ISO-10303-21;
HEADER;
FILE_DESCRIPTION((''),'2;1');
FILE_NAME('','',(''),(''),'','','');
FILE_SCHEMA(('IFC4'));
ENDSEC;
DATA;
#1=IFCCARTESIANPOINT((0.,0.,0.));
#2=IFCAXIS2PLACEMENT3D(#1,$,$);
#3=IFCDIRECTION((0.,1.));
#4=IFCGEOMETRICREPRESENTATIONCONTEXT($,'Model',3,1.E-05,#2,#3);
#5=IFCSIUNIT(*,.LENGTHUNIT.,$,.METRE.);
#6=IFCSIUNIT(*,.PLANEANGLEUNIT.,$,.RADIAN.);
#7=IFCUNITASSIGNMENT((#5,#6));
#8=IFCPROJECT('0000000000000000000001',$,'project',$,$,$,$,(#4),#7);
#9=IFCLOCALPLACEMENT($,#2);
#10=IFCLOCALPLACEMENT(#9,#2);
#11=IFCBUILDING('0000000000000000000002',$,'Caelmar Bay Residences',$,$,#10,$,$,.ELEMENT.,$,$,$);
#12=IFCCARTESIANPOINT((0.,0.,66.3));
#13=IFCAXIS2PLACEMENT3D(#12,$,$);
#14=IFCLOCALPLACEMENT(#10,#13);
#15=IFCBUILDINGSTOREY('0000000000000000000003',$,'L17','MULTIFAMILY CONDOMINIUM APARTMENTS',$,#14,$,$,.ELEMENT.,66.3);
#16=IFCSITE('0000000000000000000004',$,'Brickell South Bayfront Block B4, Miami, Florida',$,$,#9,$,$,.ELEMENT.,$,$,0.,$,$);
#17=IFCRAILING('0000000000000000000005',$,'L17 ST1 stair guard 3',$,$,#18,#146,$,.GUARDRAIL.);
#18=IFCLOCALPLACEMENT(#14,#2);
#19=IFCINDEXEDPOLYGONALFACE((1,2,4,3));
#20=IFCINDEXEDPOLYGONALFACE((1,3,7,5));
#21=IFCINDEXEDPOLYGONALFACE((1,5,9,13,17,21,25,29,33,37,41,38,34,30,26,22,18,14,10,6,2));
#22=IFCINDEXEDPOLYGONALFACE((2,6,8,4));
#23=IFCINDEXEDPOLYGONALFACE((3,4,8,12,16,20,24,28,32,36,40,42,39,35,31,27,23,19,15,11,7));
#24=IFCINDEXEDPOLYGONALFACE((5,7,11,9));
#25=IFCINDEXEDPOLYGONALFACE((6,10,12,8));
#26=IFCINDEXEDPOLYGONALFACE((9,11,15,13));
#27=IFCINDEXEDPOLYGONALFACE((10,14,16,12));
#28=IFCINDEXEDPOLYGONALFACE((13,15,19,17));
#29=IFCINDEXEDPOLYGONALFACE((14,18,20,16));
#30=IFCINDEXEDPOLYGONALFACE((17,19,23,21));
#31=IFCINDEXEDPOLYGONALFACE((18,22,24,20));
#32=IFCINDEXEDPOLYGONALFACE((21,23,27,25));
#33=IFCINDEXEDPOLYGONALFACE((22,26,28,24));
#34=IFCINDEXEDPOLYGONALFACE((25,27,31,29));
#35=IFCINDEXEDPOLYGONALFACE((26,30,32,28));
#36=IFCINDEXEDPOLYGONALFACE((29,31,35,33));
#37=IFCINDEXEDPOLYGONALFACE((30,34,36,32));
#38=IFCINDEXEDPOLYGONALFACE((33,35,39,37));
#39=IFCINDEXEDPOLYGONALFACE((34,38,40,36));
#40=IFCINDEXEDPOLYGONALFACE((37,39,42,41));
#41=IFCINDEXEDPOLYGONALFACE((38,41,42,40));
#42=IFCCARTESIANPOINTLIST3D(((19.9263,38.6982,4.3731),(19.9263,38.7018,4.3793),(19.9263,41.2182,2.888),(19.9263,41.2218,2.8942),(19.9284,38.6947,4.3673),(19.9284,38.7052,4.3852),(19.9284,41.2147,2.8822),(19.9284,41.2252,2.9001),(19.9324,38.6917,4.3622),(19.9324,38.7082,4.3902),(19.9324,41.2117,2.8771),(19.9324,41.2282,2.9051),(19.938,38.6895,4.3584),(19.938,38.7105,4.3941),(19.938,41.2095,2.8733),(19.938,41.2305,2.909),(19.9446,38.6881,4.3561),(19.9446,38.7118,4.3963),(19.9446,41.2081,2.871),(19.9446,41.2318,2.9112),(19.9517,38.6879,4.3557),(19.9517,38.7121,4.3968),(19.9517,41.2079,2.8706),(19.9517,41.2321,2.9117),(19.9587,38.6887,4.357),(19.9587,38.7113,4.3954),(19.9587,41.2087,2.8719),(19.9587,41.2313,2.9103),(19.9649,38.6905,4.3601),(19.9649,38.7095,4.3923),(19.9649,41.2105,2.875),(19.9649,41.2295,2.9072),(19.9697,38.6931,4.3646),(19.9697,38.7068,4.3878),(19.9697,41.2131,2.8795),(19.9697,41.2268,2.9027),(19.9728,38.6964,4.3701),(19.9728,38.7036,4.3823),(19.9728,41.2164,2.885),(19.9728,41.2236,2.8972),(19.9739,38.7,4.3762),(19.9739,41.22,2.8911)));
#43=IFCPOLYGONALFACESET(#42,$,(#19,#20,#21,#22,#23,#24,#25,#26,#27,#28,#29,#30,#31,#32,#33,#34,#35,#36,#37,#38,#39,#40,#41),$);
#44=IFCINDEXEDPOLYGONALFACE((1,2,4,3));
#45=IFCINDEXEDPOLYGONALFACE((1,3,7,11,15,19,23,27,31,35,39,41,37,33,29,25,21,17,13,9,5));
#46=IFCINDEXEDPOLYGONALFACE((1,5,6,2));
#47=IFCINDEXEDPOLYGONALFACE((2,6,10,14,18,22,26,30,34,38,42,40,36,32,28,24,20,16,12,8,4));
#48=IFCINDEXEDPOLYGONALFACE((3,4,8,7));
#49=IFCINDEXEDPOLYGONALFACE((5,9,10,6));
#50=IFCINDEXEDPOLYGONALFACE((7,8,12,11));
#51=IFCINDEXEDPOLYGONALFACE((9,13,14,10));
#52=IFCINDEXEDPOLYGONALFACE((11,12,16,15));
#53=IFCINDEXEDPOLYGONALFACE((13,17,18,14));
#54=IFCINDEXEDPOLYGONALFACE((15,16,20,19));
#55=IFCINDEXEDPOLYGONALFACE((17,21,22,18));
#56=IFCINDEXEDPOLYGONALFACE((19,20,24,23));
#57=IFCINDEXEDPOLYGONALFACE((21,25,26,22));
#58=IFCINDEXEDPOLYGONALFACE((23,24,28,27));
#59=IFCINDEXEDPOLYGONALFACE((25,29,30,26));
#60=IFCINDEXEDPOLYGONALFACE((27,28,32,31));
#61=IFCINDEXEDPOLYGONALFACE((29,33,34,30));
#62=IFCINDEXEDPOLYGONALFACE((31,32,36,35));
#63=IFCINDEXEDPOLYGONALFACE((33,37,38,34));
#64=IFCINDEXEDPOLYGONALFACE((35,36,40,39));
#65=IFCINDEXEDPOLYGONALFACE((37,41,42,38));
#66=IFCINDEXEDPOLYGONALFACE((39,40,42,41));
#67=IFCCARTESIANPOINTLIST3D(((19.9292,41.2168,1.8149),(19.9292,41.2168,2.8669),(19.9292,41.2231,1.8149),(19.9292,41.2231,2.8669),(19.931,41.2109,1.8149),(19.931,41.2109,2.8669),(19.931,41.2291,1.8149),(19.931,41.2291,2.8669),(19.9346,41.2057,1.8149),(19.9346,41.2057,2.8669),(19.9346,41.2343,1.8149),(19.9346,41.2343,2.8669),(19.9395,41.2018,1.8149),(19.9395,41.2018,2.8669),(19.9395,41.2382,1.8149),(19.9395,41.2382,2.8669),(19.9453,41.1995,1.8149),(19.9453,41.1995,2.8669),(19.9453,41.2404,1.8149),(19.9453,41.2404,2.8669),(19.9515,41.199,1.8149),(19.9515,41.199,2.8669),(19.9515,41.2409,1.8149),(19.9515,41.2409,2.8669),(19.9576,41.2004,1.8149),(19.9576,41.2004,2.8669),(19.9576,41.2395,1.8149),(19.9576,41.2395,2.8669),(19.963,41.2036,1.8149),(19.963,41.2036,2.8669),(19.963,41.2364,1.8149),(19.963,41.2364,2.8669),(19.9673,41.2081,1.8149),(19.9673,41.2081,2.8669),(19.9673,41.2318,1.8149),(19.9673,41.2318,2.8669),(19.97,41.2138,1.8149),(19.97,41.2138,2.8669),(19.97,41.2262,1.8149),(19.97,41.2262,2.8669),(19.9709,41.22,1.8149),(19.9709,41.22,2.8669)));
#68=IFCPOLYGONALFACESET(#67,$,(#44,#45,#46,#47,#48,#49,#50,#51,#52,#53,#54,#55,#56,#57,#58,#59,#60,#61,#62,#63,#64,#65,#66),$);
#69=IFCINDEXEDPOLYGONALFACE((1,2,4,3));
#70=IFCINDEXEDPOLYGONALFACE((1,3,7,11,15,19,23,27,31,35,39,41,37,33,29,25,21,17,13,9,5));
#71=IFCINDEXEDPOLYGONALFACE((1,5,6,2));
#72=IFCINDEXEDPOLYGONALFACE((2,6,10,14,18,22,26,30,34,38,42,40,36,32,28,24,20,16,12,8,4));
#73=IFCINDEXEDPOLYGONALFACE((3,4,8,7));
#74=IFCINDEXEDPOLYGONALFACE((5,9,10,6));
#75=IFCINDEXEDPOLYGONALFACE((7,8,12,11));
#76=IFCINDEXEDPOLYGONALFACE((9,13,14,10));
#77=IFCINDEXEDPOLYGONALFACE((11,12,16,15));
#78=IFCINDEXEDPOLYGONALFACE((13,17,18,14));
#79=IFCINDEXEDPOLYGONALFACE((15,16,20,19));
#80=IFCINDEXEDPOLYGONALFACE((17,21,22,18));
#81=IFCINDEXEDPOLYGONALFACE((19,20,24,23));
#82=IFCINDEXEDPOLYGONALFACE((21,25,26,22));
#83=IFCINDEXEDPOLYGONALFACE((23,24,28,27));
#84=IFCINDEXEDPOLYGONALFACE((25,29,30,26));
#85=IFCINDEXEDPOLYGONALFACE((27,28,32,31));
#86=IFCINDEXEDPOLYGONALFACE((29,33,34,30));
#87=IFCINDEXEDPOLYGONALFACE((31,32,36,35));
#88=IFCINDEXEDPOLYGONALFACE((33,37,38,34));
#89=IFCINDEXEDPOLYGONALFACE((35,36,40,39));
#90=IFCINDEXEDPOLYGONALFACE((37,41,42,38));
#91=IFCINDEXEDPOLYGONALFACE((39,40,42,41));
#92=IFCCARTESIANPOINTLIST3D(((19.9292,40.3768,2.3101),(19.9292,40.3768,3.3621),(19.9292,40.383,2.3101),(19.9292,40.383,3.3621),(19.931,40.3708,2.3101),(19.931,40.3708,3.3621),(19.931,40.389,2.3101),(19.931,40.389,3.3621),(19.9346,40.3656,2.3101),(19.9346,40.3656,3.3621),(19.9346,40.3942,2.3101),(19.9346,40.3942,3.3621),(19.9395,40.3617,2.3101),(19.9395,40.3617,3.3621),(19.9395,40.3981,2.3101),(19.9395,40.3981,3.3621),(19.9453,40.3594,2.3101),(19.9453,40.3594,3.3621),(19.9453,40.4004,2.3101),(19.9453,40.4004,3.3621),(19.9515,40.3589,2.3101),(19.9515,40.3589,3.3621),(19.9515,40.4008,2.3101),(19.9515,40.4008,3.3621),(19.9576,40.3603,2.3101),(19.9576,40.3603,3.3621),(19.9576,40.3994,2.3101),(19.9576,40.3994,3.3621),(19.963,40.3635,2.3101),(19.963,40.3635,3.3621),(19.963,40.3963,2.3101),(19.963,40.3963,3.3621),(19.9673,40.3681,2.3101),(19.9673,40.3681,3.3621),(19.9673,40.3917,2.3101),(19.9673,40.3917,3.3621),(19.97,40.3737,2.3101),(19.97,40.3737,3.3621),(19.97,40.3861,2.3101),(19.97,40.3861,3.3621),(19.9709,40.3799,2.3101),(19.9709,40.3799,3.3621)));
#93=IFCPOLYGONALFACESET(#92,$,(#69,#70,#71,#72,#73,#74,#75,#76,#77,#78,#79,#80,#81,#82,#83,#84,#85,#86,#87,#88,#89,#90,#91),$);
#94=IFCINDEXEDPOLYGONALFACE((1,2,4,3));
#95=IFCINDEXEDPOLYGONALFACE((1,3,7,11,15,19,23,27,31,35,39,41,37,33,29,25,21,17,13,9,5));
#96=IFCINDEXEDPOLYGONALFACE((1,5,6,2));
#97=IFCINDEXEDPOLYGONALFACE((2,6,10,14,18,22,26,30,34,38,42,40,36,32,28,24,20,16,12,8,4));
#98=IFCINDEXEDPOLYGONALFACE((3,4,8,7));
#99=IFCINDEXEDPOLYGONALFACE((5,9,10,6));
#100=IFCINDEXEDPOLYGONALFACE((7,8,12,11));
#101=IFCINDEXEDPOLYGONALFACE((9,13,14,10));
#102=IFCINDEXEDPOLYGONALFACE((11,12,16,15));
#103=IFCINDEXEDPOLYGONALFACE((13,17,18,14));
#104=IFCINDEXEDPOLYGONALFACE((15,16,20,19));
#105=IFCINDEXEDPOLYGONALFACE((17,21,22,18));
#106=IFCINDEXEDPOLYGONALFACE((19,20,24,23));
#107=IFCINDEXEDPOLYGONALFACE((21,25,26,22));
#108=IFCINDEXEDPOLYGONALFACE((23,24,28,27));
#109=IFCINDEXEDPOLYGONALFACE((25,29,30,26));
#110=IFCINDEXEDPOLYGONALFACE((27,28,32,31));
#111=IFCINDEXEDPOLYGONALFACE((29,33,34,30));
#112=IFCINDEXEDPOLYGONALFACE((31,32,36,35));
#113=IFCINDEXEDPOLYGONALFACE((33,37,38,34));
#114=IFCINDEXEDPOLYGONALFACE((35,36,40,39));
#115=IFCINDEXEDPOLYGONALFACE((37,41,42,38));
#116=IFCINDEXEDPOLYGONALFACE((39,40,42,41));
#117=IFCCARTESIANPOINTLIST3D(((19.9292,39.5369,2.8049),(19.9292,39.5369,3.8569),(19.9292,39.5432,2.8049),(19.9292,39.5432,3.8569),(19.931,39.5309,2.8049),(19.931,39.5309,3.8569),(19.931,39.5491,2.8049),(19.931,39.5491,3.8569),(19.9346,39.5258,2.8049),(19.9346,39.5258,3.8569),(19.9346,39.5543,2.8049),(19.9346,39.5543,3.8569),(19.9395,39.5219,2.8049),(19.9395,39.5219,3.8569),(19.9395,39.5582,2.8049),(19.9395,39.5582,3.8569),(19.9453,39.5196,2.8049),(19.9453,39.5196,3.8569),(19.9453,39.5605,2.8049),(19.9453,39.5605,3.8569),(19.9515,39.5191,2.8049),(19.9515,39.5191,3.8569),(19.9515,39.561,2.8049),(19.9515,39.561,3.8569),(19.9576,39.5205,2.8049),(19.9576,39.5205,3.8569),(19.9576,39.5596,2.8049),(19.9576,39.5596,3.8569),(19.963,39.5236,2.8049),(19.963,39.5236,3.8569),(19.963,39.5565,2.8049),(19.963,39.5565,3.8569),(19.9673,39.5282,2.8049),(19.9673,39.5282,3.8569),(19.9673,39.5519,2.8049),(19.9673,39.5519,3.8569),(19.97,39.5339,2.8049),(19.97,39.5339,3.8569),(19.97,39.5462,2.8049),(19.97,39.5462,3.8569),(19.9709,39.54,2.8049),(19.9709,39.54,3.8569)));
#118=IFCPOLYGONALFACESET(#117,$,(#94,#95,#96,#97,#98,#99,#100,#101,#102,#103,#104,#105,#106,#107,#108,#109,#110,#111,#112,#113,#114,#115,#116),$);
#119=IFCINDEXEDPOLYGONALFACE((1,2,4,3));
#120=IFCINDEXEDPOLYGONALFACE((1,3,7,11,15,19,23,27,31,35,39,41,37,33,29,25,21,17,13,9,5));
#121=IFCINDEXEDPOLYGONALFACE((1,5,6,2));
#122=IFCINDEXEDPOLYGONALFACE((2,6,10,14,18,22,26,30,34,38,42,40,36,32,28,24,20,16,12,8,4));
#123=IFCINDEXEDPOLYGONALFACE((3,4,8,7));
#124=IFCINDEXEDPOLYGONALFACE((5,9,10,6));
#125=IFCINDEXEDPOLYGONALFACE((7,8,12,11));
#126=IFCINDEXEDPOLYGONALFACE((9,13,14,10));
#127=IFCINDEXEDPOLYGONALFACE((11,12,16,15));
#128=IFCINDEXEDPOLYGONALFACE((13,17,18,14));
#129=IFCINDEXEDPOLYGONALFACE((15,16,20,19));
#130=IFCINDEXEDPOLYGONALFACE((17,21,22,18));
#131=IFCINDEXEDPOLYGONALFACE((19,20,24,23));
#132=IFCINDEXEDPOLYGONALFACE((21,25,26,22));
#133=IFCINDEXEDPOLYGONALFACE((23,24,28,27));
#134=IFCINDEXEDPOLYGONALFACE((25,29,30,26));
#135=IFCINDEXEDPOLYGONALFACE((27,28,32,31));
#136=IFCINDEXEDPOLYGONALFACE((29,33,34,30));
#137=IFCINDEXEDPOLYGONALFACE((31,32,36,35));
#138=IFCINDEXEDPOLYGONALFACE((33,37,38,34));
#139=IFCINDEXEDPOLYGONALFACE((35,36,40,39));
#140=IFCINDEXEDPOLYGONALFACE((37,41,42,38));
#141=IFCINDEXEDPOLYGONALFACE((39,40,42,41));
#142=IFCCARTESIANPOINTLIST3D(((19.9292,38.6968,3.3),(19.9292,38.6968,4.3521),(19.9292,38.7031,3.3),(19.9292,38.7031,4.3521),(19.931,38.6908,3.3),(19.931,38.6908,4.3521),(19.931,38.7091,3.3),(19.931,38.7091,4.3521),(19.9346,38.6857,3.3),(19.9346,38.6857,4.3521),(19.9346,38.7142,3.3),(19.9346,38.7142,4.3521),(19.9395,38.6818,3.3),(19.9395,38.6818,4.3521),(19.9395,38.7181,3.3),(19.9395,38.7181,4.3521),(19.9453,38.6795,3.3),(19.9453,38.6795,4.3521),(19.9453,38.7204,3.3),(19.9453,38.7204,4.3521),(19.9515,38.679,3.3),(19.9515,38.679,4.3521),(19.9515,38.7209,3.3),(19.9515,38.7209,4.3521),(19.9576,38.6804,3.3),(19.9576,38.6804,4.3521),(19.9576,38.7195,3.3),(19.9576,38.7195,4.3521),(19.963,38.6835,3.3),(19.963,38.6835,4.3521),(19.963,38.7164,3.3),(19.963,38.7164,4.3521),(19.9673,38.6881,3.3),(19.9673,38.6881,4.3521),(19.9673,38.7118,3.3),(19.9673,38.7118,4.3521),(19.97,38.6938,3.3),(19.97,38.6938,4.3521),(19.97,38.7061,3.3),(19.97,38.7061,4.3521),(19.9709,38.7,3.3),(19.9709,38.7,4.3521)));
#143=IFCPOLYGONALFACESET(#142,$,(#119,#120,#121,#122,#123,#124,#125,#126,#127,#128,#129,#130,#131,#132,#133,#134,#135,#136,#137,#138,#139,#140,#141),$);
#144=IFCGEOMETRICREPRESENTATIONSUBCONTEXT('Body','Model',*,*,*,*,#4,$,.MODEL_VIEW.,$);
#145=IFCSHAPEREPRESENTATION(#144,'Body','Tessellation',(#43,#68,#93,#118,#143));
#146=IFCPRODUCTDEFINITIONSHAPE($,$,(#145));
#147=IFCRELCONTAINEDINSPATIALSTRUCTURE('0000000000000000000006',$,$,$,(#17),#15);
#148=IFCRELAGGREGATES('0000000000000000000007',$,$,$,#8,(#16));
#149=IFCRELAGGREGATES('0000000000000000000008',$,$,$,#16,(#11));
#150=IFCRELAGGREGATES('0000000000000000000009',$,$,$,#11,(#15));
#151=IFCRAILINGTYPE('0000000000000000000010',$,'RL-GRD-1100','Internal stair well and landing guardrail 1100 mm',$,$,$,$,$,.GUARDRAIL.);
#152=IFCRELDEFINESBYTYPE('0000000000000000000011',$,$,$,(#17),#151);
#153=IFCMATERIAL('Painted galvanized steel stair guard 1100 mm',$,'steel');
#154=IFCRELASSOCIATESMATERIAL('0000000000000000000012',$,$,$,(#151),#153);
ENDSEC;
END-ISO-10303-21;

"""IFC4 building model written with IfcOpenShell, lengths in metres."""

from ifc_helpers import new_model, si_unit, direction, frame, origin, origin_2d, place, context, subcontext, project, spatial, circle, extrude, material, type_object, element, save


model = new_model("IFC4")

# Units and contexts
model_context = context("Model", 3, precision=1e-05, world=origin(), true_north=direction((0.0, 1.0)))
body_context = subcontext(model_context, "Body", "Model", "MODEL_VIEW")
ifc_project = project(units=[si_unit("LENGTHUNIT", "METRE"), si_unit("PLANEANGLEUNIT", "RADIAN")], contexts=[model_context])

# Site, building, storey
site_placement = place(None, origin())
site = spatial("IfcSite", under=ifc_project, at=site_placement, Name="Brickell South Bayfront Block B4, Miami, Florida", CompositionType="ELEMENT", RefElevation=0.0)
building_placement = place(site_placement, origin())
building = spatial("IfcBuilding", under=site, at=building_placement, Name="Caelmar Bay Residences", CompositionType="ELEMENT")
storey_placement = place(building_placement, frame((0.0, 0.0, 66.3)))
storey = spatial("IfcBuildingStorey", under=building, at=storey_placement, Name="L17", Description="MULTIFAMILY CONDOMINIUM APARTMENTS", CompositionType="ELEMENT", Elevation=66.3)

# Railing
ifc_material_1 = material(Name="Painted galvanized steel stair guard 1100 mm", Category="steel")
railing_type_1 = type_object("IfcRailingType", Name="RL-GRD-1100", Description="Internal stair well and landing guardrail 1100 mm", PredefinedType="GUARDRAIL", material=ifc_material_1)
railing_1_placement = place(storey_placement, frame((19.95, 41.22, 1.8149)))
element("IfcRailing", 1, at=railing_1_placement, inside=storey, type_object=railing_type_1, Name="L17 ST1 stair guard 3", PredefinedType="GUARDRAIL", context=body_context, shape_type="SweptSolid", body=[
    extrude(circle(Radius=0.0239, at=origin_2d()), frame((0.0, 0.0, 1.0762), z_axis=(0.0, -0.861524, 0.507717), x_axis=(1.0, 0.0, 0.0)), (0.0, 0.0, 1.0), 2.925),
    extrude(circle(Radius=0.021, at=origin_2d()), origin(), (0.0, 0.0, 1.0), 1.052),
    extrude(circle(Radius=0.021, at=origin_2d()), frame((0.0, -0.8401, 0.4951)), (0.0, 0.0, 1.0), 1.052),
    extrude(circle(Radius=0.021, at=origin_2d()), frame((0.0, -1.6799, 0.99)), (0.0, 0.0, 1.0), 1.052),
    extrude(circle(Radius=0.021, at=origin_2d()), frame((0.0, -2.52, 1.4851)), (0.0, 0.0, 1.0), 1.052),
])

save(model, "model.ifc")
